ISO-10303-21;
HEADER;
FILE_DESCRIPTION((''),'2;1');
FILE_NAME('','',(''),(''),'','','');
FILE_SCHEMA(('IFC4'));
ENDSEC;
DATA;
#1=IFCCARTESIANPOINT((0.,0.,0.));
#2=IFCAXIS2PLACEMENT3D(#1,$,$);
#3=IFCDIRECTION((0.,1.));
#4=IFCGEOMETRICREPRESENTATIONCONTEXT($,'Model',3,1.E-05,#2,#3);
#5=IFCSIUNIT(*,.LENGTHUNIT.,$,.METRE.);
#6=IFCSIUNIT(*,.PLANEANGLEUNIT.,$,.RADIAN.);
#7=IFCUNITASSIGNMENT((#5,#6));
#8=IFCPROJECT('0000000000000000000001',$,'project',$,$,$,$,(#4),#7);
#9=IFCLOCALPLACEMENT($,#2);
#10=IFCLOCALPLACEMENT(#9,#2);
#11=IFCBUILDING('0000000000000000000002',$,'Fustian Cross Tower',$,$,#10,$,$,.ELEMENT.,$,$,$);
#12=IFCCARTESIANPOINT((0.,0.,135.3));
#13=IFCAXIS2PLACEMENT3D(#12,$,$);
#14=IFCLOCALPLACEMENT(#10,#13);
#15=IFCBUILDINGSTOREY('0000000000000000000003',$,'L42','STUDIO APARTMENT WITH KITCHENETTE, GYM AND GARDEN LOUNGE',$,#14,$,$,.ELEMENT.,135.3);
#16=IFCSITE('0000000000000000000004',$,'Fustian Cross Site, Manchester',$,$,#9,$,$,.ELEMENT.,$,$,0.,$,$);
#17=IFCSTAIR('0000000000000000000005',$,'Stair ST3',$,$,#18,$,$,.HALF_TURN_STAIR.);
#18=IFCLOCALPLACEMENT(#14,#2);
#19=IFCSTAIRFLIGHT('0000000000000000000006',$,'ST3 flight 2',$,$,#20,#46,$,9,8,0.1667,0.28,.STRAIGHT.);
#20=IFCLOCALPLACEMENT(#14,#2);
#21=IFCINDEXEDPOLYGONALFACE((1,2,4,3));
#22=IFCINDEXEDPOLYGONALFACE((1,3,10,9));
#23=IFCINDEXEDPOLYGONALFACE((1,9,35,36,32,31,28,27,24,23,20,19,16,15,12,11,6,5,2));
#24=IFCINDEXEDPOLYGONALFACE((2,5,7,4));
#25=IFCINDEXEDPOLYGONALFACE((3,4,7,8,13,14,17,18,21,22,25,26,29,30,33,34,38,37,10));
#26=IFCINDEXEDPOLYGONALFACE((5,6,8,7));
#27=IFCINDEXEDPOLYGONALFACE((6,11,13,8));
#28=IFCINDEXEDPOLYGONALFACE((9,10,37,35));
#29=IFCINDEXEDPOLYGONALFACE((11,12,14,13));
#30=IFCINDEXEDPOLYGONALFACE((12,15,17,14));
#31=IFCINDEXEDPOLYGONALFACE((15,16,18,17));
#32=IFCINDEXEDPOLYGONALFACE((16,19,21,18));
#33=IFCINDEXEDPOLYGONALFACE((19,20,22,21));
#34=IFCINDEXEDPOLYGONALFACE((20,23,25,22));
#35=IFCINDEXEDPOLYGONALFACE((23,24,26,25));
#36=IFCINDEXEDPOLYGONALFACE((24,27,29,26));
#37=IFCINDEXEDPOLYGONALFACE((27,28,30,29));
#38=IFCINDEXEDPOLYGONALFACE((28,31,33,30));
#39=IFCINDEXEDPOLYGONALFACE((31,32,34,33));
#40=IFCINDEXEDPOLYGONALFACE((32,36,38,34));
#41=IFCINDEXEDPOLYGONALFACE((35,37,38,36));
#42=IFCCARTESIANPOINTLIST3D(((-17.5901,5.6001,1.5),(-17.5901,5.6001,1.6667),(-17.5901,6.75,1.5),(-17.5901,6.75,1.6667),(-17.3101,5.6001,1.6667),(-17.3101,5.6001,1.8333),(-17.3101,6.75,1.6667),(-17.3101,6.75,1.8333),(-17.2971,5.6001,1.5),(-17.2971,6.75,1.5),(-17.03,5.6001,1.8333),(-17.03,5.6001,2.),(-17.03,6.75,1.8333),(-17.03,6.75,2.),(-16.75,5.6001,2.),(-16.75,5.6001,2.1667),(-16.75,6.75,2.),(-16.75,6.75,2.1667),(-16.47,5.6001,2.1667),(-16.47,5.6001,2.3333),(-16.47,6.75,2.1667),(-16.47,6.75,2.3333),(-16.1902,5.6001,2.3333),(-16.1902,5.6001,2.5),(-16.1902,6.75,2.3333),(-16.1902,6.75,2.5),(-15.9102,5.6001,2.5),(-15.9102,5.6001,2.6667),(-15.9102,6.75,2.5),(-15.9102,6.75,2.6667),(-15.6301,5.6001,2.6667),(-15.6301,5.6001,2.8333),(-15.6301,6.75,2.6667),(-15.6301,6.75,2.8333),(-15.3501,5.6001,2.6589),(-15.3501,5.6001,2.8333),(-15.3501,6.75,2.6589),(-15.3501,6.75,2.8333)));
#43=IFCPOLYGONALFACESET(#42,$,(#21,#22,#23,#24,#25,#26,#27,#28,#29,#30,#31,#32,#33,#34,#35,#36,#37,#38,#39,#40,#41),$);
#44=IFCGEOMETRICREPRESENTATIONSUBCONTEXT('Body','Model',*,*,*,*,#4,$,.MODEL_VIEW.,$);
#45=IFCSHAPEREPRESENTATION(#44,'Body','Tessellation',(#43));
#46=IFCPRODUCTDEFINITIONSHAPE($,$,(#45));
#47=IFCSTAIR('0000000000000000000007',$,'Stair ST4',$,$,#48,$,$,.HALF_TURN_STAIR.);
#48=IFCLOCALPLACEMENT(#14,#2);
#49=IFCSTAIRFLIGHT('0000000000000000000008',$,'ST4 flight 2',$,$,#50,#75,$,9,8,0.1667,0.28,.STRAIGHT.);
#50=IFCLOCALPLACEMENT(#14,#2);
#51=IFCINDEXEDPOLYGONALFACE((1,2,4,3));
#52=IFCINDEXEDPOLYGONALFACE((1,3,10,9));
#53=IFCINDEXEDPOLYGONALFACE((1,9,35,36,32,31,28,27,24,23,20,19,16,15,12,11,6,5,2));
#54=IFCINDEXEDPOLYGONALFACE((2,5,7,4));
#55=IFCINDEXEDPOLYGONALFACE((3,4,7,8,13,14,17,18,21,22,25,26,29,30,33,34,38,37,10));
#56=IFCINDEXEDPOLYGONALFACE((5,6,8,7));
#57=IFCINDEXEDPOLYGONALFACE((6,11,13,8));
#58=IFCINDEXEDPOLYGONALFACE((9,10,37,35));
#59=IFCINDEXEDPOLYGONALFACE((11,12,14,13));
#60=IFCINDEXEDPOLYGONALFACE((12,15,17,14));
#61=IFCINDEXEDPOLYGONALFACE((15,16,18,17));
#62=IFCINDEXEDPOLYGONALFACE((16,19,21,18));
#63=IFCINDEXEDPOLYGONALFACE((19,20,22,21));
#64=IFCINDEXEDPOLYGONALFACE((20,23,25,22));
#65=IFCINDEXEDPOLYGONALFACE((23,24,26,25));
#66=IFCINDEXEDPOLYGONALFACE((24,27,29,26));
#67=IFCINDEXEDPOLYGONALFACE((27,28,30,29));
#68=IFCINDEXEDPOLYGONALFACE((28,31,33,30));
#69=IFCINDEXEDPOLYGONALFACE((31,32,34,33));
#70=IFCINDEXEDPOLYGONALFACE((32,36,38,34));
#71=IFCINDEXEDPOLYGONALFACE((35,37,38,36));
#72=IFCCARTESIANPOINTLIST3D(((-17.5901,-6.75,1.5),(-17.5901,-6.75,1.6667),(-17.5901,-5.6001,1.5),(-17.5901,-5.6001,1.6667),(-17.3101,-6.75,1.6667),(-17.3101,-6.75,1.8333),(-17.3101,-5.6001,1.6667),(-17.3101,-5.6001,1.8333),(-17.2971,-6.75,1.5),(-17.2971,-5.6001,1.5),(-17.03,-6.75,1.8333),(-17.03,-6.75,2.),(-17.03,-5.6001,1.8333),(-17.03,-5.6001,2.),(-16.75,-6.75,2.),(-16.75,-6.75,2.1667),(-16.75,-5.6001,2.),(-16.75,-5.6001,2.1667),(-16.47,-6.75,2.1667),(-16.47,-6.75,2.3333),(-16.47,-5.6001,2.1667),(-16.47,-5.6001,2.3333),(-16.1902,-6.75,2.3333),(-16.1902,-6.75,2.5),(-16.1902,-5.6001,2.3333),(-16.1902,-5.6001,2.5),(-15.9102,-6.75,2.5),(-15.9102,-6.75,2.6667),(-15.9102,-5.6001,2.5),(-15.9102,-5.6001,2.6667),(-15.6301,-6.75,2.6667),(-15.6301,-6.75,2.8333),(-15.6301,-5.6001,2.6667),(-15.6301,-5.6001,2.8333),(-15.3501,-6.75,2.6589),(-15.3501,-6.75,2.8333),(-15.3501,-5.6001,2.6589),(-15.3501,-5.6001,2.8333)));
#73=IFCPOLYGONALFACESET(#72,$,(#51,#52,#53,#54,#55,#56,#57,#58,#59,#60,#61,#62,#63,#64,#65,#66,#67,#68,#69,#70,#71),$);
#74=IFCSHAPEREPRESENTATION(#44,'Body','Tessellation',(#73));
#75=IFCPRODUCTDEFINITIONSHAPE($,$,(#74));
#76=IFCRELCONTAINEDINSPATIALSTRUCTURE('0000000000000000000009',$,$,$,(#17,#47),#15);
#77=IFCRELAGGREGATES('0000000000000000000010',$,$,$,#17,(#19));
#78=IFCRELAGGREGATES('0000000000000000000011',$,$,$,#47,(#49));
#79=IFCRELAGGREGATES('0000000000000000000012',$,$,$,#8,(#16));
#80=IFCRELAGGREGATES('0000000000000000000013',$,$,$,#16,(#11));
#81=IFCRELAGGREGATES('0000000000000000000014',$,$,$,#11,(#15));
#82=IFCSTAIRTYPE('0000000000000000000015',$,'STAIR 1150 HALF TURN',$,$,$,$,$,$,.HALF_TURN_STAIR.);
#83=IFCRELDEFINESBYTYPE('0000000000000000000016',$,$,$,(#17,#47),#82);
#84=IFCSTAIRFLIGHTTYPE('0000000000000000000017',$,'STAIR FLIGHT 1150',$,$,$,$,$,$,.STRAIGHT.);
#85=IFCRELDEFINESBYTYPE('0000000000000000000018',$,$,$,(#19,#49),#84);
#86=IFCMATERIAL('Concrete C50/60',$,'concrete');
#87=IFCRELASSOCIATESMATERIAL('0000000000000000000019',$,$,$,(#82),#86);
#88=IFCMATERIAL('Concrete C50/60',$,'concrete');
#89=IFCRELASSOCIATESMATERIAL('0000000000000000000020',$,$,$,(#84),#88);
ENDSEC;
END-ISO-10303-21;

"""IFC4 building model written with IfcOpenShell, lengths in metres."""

from ifc_helpers import new_model, si_unit, direction, frame, origin, place, context, subcontext, project, spatial, polyline, outline, extrude, material, type_object, element, aggregate, save


model = new_model("IFC4")

# Units and contexts
model_context = context("Model", 3, precision=1e-05, world=origin(), true_north=direction((0.0, 1.0)))
body_context = subcontext(model_context, "Body", "Model", "MODEL_VIEW")
ifc_project = project(units=[si_unit("LENGTHUNIT", "METRE"), si_unit("PLANEANGLEUNIT", "RADIAN")], contexts=[model_context])

# Site, building, storey
site_placement = place(None, origin())
site = spatial("IfcSite", under=ifc_project, at=site_placement, Name="Fustian Cross Site, Manchester", CompositionType="ELEMENT", RefElevation=0.0)
building_placement = place(site_placement, origin())
building = spatial("IfcBuilding", under=site, at=building_placement, Name="Fustian Cross Tower", CompositionType="ELEMENT")
storey_placement = place(building_placement, frame((0.0, 0.0, 135.3)))
storey = spatial("IfcBuildingStorey", under=building, at=storey_placement, Name="L42", Description="STUDIO APARTMENT WITH KITCHENETTE, GYM AND GARDEN LOUNGE", CompositionType="ELEMENT", Elevation=135.3)

# Stair, stair flight
ifc_material_1 = material(Name="Concrete C50/60", Category="concrete")
stair_type = type_object("IfcStairType", Name="STAIR 1150 HALF TURN", PredefinedType="HALF_TURN_STAIR", material=ifc_material_1)
stair_1_placement = place(storey_placement, origin())
stair_1 = element("IfcStair", 1, at=stair_1_placement, inside=storey, type_object=stair_type, Name="Stair ST3", PredefinedType="HALF_TURN_STAIR")
ifc_material_2 = material(Name="Concrete C50/60", Category="concrete")
stair_flight_type = type_object("IfcStairFlightType", Name="STAIR FLIGHT 1150", PredefinedType="STRAIGHT", material=ifc_material_2)
stair_flight_1_placement = place(storey_placement, frame((-17.5901, 6.175, 1.5), z_axis=(0.0, 0.0, 1.0), x_axis=(1.0, 0.0, 0.0)))
stair_flight_1 = element("IfcStairFlight", 2, at=stair_flight_1_placement, type_object=stair_flight_type, Name="ST3 flight 2", NumberOfRisers=9, NumberOfTreads=8, PredefinedType="STRAIGHT", RiserHeight=0.1667, TreadLength=0.28, context=body_context, shape_type="SweptSolid", body=[
    extrude(outline(polyline([(0.0, 0.0), (0.0, 0.1667), (0.28, 0.1667), (0.28, 0.3333), (0.5601, 0.3333), (0.5601, 0.5), (0.8401, 0.5), (0.8401, 0.6667), (1.1201, 0.6667), (1.1201, 0.8333), (1.3999, 0.8333), (1.3999, 1.0), (1.6799, 1.0), (1.6799, 1.1667), (1.96, 1.1667), (1.96, 1.3333), (2.24, 1.3333), (2.24, 1.5), (2.24, 1.1589), (0.293, 0.0), (0.0, 0.0)])), frame((0.0, 0.575, 0.0), z_axis=(0.0, -1.0, 0.0), x_axis=(1.0, 0.0, 0.0)), (0.0, 0.0, 1.0), 1.1499),
])
aggregate(stair_1, [stair_flight_1])

# Stair, stair flight
stair_2_placement = place(storey_placement, origin())
stair_2 = element("IfcStair", 3, at=stair_2_placement, inside=storey, type_object=stair_type, Name="Stair ST4", PredefinedType="HALF_TURN_STAIR")
stair_flight_2_placement = place(storey_placement, frame((-17.5901, -6.175, 1.5), z_axis=(0.0, 0.0, 1.0), x_axis=(1.0, 0.0, 0.0)))
stair_flight_2 = element("IfcStairFlight", 4, at=stair_flight_2_placement, type_object=stair_flight_type, Name="ST4 flight 2", NumberOfRisers=9, NumberOfTreads=8, PredefinedType="STRAIGHT", RiserHeight=0.1667, TreadLength=0.28, context=body_context, shape_type="SweptSolid", body=[
    extrude(outline(polyline([(0.0, 0.0), (0.0, 0.1667), (0.28, 0.1667), (0.28, 0.3333), (0.5601, 0.3333), (0.5601, 0.5), (0.8401, 0.5), (0.8401, 0.6667), (1.1201, 0.6667), (1.1201, 0.8333), (1.3999, 0.8333), (1.3999, 1.0), (1.6799, 1.0), (1.6799, 1.1667), (1.96, 1.1667), (1.96, 1.3333), (2.24, 1.3333), (2.24, 1.5), (2.24, 1.1589), (0.293, 0.0), (0.0, 0.0)])), frame((0.0, 0.575, 0.0), z_axis=(0.0, -1.0, 0.0), x_axis=(1.0, 0.0, 0.0)), (0.0, 0.0, 1.0), 1.1499),
])
aggregate(stair_2, [stair_flight_2])

save(model, "model.ifc")
